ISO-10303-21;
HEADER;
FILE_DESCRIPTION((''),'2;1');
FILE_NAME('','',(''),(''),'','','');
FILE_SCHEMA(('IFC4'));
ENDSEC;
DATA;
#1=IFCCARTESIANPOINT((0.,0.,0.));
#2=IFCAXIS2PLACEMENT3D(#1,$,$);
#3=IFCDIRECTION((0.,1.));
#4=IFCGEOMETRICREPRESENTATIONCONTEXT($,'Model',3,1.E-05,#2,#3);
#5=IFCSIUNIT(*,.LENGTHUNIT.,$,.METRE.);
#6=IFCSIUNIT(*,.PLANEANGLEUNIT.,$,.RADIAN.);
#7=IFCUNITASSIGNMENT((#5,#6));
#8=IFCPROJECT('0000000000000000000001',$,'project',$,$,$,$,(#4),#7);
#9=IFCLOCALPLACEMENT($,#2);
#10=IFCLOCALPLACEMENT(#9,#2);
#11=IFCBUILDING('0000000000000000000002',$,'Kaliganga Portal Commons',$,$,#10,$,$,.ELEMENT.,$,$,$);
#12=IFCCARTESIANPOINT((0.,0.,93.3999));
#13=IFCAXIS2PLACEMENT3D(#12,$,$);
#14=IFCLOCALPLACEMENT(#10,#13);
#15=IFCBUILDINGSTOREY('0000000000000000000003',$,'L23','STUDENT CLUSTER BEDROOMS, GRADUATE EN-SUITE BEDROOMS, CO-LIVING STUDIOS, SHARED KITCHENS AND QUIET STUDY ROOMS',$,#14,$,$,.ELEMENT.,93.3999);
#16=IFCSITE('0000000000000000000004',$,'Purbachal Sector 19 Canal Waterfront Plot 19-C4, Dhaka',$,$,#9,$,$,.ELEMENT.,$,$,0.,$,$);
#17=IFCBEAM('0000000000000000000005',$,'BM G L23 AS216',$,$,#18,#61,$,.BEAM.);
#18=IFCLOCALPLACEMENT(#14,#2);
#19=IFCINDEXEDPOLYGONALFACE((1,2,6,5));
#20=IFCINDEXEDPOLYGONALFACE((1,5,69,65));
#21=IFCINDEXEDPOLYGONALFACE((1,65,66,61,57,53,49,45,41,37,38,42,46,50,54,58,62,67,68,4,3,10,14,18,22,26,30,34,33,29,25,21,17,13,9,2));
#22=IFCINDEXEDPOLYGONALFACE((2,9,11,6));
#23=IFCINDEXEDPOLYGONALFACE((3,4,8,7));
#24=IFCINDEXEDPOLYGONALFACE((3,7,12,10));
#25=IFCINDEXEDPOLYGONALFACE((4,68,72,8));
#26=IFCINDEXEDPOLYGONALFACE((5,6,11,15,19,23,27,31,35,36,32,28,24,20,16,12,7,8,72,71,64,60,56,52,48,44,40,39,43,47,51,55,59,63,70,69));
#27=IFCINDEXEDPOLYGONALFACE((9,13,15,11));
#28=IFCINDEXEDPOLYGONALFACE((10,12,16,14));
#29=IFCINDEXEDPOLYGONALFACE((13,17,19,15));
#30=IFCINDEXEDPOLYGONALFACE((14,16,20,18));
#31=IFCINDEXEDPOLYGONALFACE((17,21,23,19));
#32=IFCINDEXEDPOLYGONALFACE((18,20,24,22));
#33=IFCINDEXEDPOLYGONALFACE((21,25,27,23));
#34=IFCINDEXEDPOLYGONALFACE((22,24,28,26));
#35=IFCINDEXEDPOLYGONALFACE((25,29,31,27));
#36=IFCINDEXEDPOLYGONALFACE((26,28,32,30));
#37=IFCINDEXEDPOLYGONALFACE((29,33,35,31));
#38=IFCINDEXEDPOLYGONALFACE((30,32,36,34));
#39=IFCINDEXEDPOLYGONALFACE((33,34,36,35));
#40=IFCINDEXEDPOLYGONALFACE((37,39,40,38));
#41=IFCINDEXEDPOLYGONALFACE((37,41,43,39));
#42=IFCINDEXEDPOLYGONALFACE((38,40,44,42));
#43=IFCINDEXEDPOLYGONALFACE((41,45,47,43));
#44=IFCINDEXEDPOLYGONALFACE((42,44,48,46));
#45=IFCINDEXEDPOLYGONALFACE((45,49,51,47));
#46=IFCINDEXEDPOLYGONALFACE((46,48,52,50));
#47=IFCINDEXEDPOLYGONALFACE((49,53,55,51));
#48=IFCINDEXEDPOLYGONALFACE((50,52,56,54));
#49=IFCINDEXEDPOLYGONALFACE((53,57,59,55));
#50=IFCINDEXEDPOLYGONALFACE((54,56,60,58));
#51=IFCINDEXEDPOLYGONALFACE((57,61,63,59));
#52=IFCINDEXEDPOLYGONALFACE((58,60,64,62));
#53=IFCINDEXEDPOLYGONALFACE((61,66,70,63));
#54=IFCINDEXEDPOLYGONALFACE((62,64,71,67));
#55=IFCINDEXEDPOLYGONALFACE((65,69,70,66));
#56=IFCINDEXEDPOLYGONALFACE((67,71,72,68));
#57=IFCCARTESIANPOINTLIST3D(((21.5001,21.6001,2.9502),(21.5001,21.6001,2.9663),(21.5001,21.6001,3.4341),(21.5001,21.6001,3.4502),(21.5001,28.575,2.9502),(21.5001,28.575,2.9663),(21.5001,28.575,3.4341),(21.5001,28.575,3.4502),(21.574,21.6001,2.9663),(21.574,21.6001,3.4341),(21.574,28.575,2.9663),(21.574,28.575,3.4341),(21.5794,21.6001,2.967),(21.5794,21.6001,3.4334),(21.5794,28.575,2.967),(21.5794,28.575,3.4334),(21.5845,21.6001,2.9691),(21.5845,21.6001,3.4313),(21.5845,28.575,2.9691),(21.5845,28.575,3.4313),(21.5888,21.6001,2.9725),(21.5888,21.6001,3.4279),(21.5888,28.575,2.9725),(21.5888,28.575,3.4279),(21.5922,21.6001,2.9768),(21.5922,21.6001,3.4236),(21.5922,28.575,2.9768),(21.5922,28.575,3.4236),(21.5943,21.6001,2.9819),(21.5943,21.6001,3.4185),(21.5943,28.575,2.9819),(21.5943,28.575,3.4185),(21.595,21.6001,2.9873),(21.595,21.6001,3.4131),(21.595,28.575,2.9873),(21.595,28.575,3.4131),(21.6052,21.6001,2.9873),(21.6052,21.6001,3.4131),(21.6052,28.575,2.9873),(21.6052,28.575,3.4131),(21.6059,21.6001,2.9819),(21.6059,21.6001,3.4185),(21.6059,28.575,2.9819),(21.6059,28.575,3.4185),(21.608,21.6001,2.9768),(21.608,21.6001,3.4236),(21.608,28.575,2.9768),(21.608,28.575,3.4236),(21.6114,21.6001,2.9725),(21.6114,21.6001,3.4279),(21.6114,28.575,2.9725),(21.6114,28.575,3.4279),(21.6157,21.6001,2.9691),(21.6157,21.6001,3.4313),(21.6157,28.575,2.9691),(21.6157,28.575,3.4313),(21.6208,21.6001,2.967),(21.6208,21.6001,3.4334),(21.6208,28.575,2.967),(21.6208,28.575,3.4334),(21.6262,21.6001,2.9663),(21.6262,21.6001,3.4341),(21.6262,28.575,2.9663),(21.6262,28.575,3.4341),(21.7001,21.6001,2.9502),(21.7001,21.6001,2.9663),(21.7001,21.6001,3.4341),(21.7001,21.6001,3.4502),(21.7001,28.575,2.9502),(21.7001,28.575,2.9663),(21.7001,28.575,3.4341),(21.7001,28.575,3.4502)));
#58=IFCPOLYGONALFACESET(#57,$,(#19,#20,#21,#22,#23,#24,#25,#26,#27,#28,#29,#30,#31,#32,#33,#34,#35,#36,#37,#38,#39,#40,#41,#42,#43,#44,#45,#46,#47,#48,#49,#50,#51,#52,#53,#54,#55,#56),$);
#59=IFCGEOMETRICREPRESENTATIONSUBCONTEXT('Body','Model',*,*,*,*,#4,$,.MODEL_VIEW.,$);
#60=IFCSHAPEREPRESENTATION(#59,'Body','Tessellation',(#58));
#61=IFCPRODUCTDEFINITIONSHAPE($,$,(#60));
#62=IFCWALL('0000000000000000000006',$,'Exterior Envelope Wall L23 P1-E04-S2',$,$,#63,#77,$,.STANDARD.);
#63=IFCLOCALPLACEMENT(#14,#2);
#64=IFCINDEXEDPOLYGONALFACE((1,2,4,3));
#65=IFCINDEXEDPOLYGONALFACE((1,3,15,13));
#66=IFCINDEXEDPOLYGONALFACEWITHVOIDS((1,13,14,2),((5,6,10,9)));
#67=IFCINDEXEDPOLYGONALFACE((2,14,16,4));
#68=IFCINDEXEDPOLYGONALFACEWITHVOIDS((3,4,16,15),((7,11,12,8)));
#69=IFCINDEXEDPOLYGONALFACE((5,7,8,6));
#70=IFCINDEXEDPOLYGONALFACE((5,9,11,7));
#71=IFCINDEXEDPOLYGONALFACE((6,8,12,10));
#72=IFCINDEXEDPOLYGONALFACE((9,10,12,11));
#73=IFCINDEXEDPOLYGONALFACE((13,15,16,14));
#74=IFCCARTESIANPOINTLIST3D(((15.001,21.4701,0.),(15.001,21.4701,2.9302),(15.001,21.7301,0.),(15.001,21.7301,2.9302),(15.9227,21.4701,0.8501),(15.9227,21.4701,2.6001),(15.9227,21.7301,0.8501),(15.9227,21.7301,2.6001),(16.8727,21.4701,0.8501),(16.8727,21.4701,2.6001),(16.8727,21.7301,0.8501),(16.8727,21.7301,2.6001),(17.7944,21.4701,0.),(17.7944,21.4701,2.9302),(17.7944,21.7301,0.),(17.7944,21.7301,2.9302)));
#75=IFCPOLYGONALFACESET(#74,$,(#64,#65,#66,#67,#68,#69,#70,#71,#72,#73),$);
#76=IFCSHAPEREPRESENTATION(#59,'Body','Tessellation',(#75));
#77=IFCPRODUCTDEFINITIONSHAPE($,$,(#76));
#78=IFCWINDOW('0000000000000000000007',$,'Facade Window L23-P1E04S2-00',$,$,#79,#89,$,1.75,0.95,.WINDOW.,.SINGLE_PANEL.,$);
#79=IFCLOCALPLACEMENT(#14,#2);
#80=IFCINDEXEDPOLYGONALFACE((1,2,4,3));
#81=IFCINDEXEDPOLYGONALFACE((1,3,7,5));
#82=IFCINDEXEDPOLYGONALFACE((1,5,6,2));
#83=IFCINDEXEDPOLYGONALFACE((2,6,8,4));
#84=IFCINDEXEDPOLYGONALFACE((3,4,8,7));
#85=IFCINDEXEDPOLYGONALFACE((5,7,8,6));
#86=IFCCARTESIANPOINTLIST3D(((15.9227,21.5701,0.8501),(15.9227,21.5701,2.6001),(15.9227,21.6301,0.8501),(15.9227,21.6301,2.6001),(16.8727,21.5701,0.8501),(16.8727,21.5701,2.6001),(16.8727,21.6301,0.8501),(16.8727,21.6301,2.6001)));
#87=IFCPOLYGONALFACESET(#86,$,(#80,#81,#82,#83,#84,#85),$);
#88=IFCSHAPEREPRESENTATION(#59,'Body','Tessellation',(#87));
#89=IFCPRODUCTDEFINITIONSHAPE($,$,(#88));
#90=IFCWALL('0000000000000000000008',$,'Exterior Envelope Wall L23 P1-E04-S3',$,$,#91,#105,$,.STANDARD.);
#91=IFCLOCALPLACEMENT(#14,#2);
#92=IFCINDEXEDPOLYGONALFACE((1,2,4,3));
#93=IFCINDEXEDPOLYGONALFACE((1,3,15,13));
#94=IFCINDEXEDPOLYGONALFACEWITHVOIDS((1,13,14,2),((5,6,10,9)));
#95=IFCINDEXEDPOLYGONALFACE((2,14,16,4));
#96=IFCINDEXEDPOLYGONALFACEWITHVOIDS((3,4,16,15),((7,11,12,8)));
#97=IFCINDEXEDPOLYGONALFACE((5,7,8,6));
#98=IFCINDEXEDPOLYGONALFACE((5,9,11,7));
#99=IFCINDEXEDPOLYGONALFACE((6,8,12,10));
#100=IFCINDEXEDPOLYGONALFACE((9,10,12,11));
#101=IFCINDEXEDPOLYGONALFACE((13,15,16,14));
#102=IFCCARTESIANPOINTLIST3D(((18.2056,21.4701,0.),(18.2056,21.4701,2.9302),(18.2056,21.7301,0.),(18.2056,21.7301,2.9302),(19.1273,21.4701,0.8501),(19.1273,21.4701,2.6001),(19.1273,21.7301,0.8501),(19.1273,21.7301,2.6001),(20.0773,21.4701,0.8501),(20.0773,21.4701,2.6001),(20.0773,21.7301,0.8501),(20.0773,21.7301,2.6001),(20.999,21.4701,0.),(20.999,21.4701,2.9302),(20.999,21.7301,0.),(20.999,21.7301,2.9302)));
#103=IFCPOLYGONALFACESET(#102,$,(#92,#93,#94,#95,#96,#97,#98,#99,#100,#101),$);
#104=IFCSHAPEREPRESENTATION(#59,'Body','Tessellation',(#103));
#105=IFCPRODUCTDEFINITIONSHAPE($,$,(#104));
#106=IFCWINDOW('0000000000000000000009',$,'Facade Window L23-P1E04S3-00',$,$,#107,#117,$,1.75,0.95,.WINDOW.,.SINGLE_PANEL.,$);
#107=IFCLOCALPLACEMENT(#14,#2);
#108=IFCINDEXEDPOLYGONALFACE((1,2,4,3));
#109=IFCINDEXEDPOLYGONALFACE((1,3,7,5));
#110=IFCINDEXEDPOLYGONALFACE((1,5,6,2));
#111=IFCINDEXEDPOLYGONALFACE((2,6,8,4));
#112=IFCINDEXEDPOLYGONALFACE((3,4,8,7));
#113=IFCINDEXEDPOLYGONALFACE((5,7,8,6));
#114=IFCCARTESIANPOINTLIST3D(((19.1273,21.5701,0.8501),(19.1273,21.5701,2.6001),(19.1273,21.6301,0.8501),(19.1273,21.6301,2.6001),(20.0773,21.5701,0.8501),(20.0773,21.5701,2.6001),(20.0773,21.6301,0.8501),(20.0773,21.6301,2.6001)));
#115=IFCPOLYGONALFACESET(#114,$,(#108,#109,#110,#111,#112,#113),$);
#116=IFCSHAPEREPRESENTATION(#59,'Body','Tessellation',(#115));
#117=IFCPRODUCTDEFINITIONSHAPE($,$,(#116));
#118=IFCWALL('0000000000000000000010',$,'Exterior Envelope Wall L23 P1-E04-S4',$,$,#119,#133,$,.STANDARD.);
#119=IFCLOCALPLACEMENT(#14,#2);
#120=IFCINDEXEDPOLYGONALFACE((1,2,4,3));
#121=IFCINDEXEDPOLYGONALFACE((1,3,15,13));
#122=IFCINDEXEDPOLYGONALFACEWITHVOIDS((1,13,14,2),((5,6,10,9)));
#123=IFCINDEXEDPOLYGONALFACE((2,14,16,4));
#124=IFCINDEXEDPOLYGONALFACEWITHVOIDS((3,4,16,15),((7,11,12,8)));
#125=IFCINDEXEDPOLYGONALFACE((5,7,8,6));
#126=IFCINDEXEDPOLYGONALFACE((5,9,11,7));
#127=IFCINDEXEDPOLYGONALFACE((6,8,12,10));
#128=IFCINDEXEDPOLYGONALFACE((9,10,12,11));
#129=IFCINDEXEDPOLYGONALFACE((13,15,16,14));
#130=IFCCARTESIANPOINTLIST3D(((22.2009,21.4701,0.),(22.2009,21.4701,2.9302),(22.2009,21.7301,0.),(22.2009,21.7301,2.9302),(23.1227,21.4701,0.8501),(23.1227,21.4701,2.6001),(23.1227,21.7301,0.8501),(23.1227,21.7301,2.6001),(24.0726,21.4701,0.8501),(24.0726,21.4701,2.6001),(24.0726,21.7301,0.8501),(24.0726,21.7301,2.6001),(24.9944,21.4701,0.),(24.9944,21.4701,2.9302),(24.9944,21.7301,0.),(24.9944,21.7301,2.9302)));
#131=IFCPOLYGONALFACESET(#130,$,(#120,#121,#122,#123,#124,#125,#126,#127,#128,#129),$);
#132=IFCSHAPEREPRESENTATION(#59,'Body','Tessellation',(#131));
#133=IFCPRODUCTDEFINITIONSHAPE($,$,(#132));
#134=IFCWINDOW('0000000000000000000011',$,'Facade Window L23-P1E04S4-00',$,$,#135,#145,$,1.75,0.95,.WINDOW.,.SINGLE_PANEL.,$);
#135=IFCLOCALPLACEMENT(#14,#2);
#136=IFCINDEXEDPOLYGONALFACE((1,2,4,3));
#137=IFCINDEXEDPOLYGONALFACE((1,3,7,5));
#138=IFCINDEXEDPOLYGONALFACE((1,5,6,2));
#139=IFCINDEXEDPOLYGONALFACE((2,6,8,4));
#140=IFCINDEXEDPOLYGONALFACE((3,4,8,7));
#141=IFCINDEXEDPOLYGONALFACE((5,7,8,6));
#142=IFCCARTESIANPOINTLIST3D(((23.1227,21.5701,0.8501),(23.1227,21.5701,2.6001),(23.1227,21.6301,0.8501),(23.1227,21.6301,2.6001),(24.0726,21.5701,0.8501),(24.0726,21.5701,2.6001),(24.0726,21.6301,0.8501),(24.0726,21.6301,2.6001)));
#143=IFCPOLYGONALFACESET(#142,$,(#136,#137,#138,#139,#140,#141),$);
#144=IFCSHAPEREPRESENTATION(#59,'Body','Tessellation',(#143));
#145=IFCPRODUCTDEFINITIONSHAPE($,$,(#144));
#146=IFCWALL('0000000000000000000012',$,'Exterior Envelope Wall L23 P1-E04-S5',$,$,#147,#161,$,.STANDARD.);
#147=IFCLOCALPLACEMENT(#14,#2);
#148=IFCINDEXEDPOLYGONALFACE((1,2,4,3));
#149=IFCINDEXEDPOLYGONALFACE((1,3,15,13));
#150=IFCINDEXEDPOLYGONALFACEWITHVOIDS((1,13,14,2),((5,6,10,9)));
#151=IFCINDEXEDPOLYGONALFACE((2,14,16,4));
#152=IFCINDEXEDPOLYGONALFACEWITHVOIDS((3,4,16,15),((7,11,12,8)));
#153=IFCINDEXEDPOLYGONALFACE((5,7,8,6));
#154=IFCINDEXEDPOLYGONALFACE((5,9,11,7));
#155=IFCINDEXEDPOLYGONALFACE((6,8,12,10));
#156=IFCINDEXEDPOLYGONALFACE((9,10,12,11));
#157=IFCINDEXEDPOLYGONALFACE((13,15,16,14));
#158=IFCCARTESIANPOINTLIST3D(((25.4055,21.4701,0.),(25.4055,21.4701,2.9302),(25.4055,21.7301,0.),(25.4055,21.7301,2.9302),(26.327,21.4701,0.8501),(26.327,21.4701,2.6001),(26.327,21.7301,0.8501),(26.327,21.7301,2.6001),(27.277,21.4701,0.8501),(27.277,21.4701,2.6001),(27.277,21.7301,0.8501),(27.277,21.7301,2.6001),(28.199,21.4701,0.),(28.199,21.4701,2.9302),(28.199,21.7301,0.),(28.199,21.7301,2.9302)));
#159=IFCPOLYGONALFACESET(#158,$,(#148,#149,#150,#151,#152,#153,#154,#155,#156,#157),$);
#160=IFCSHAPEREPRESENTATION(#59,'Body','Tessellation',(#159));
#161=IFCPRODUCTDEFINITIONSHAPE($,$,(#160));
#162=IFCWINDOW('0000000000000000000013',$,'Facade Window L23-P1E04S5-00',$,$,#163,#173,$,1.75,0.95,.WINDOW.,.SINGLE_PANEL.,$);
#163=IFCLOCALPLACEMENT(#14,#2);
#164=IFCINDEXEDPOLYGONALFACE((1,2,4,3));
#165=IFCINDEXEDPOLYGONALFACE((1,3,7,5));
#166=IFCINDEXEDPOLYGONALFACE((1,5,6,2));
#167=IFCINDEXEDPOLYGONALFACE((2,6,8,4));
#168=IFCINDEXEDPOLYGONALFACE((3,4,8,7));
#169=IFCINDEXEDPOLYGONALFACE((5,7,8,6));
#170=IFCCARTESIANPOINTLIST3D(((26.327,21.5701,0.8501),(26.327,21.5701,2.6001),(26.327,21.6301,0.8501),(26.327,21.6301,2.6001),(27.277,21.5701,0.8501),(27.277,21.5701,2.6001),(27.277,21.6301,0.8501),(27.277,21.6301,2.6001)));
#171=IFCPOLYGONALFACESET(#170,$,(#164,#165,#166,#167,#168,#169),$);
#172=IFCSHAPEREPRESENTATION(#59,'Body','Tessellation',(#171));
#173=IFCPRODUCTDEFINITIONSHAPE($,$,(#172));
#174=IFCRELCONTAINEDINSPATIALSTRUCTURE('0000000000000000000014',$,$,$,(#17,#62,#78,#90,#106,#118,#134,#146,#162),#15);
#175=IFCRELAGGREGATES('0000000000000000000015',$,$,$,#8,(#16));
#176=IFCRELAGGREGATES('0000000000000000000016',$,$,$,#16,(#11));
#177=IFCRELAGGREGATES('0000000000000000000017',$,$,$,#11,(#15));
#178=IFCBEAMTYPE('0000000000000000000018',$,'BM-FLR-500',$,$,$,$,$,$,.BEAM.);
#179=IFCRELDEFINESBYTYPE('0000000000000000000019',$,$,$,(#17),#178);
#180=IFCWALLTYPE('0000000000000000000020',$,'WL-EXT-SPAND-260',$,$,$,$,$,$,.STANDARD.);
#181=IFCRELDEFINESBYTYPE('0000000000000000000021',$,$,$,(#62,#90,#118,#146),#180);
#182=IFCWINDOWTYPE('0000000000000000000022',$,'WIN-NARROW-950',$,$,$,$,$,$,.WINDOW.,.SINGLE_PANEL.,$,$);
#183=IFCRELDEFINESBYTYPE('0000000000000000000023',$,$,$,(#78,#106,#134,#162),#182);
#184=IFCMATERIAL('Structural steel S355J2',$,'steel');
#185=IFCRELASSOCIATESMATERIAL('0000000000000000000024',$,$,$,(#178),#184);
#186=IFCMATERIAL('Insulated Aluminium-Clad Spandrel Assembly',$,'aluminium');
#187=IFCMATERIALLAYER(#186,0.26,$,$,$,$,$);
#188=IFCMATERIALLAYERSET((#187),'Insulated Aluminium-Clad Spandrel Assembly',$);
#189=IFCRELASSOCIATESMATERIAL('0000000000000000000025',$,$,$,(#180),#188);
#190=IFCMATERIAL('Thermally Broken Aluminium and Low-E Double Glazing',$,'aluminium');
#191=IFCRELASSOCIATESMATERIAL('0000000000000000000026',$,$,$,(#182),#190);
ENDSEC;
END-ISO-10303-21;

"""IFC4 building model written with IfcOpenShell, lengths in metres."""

from ifc_helpers import new_model, si_unit, direction, frame, frame_2d, origin, origin_2d, place, context, subcontext, project, spatial, rectangle, i_section, extrude, source, transform, mapped, material, layer, layer_set, material_profile, profile_set, type_object, element, fill, save


model = new_model("IFC4")

# Units and contexts
model_context = context("Model", 3, precision=1e-05, world=origin(), true_north=direction((0.0, 1.0)))
body_context = subcontext(model_context, "Body", "Model", "MODEL_VIEW")
ifc_project = project(units=[si_unit("LENGTHUNIT", "METRE"), si_unit("PLANEANGLEUNIT", "RADIAN")], contexts=[model_context])

# Site, building, storey
site_placement = place(None, origin())
site = spatial("IfcSite", under=ifc_project, at=site_placement, Name="Purbachal Sector 19 Canal Waterfront Plot 19-C4, Dhaka", CompositionType="ELEMENT", RefElevation=0.0)
building_placement = place(site_placement, origin())
building = spatial("IfcBuilding", under=site, at=building_placement, Name="Kaliganga Portal Commons", CompositionType="ELEMENT")
storey_placement = place(building_placement, frame((0.0, 0.0, 93.3999)))
storey = spatial("IfcBuildingStorey", under=building, at=storey_placement, Name="L23", Description="STUDENT CLUSTER BEDROOMS, GRADUATE EN-SUITE BEDROOMS, CO-LIVING STUDIOS, SHARED KITCHENS AND QUIET STUDY ROOMS", CompositionType="ELEMENT", Elevation=93.3999)

# Beam
ifc_material_1 = material(Name="Structural steel S355J2", Category="steel")
ifc_material_profile_1 = material_profile(ifc_material_1, i_section(OverallWidth=0.2, OverallDepth=0.5, WebThickness=0.0103, FlangeThickness=0.0161, FilletRadius=0.021, at=origin_2d()), Name="IPE 500")
ifc_profile_set_1 = profile_set([ifc_material_profile_1], Name="Structural steel S355J2 wide-flange")
beam_type_1 = type_object("IfcBeamType", Name="BM-FLR-500", PredefinedType="BEAM", material=ifc_profile_set_1)
shared_shape_1 = source(origin(), body_context, "Body", "SweptSolid", [
    extrude(i_section(OverallWidth=0.2, OverallDepth=0.5, WebThickness=0.0103, FlangeThickness=0.0161, FilletRadius=0.021, at=origin_2d()), origin(), (0.0, 0.0, 1.0), 6.9749),
])
beam_placement = place(storey_placement, frame((21.6001, 21.6001, 3.2002), z_axis=(0.0, 1.0, 0.0), x_axis=(-1.0, 0.0, 0.0)))
element("IfcBeam", 1, at=beam_placement, inside=storey, type_object=beam_type_1, Name="BM G L23 AS216", PredefinedType="BEAM", context=body_context, shape_type="MappedRepresentation", body=[
    mapped(shared_shape_1, transform((0.0, 0.0, 0.0), x_axis=(1.0, 0.0, 0.0), y_axis=(0.0, 1.0, 0.0), z_axis=(0.0, 0.0, 1.0), scale=1.0)),
])

# Walls, openings, windows
ifc_material_2 = material(Name="Insulated Aluminium-Clad Spandrel Assembly", Category="aluminium")
ifc_layer_1 = layer(ifc_material_2, 0.26)
ifc_layer_set_1 = layer_set([ifc_layer_1], Name="Insulated Aluminium-Clad Spandrel Assembly")
wall_type_1 = type_object("IfcWallType", Name="WL-EXT-SPAND-260", PredefinedType="STANDARD", material=ifc_layer_set_1)
wall_1_placement = place(storey_placement, frame((17.7944, 21.6001, 0.0), z_axis=(0.0, 0.0, 1.0), x_axis=(-1.0, 0.0, 0.0)))
wall_1 = element("IfcWall", 2, at=wall_1_placement, inside=storey, type_object=wall_type_1, Name="Exterior Envelope Wall L23 P1-E04-S2", PredefinedType="STANDARD", context=body_context, shape_type="SweptSolid", body=[
    extrude(rectangle(XDim=2.7935, YDim=0.26, at=frame_2d((1.3967, 0.0))), origin(), (0.0, 0.0, 1.0), 2.9302),
])
opening_1_placement = place(wall_1_placement, frame((0.9216, 0.0, 0.8501)))
opening_1 = element("IfcOpeningElement", 3, at=opening_1_placement, cuts=wall_1, PredefinedType="OPENING", context=body_context, shape_type="SweptSolid", body=[
    extrude(rectangle(XDim=0.95, YDim=1.75, at=frame_2d((0.4751, 0.875))), frame((0.0, 0.1401, 0.0), z_axis=(0.0, -1.0, 0.0), x_axis=(1.0, 0.0, 0.0)), (0.0, 0.0, 1.0), 0.28),
])
ifc_material_3 = material(Name="Thermally Broken Aluminium and Low-E Double Glazing", Category="aluminium")
window_type = type_object("IfcWindowType", Name="WIN-NARROW-950", PartitioningType="SINGLE_PANEL", PredefinedType="WINDOW", material=ifc_material_3)
window_1_placement = place(opening_1_placement, origin())
window_1 = element("IfcWindow", 4, at=window_1_placement, inside=storey, type_object=window_type, Name="Facade Window L23-P1E04S2-00", OverallHeight=1.75, OverallWidth=0.95, PartitioningType="SINGLE_PANEL", PredefinedType="WINDOW", context=body_context, shape_type="SweptSolid", body=[
    extrude(rectangle(XDim=0.95, YDim=1.75, at=frame_2d((0.4751, 0.875))), frame((0.0, 0.03, 0.0), z_axis=(0.0, -1.0, 0.0), x_axis=(1.0, 0.0, 0.0)), (0.0, 0.0, 1.0), 0.0601),
])
fill(opening_1, window_1)
wall_2_placement = place(storey_placement, frame((20.999, 21.6001, 0.0), z_axis=(0.0, 0.0, 1.0), x_axis=(-1.0, 0.0, 0.0)))
wall_2 = element("IfcWall", 5, at=wall_2_placement, inside=storey, type_object=wall_type_1, Name="Exterior Envelope Wall L23 P1-E04-S3", PredefinedType="STANDARD", context=body_context, shape_type="SweptSolid", body=[
    extrude(rectangle(XDim=2.7935, YDim=0.26, at=frame_2d((1.3967, 0.0))), origin(), (0.0, 0.0, 1.0), 2.9302),
])
opening_2_placement = place(wall_2_placement, frame((0.9216, 0.0, 0.8501)))
opening_2 = element("IfcOpeningElement", 6, at=opening_2_placement, cuts=wall_2, PredefinedType="OPENING", context=body_context, shape_type="SweptSolid", body=[
    extrude(rectangle(XDim=0.95, YDim=1.75, at=frame_2d((0.4751, 0.875))), frame((0.0, 0.1401, 0.0), z_axis=(0.0, -1.0, 0.0), x_axis=(1.0, 0.0, 0.0)), (0.0, 0.0, 1.0), 0.28),
])
window_2_placement = place(opening_2_placement, origin())
window_2 = element("IfcWindow", 7, at=window_2_placement, inside=storey, type_object=window_type, Name="Facade Window L23-P1E04S3-00", OverallHeight=1.75, OverallWidth=0.95, PartitioningType="SINGLE_PANEL", PredefinedType="WINDOW", context=body_context, shape_type="SweptSolid", body=[
    extrude(rectangle(XDim=0.95, YDim=1.75, at=frame_2d((0.4751, 0.875))), frame((0.0, 0.03, 0.0), z_axis=(0.0, -1.0, 0.0), x_axis=(1.0, 0.0, 0.0)), (0.0, 0.0, 1.0), 0.0601),
])
fill(opening_2, window_2)
wall_3_placement = place(storey_placement, frame((24.9944, 21.6001, 0.0), z_axis=(0.0, 0.0, 1.0), x_axis=(-1.0, 0.0, 0.0)))
wall_3 = element("IfcWall", 8, at=wall_3_placement, inside=storey, type_object=wall_type_1, Name="Exterior Envelope Wall L23 P1-E04-S4", PredefinedType="STANDARD", context=body_context, shape_type="SweptSolid", body=[
    extrude(rectangle(XDim=2.7935, YDim=0.26, at=frame_2d((1.3967, 0.0))), origin(), (0.0, 0.0, 1.0), 2.9302),
])
opening_3_placement = place(wall_3_placement, frame((0.9216, 0.0, 0.8501)))
opening_3 = element("IfcOpeningElement", 9, at=opening_3_placement, cuts=wall_3, PredefinedType="OPENING", context=body_context, shape_type="SweptSolid", body=[
    extrude(rectangle(XDim=0.95, YDim=1.75, at=frame_2d((0.4751, 0.875))), frame((0.0, 0.1401, 0.0), z_axis=(0.0, -1.0, 0.0), x_axis=(1.0, 0.0, 0.0)), (0.0, 0.0, 1.0), 0.28),
])
window_3_placement = place(opening_3_placement, origin())
window_3 = element("IfcWindow", 10, at=window_3_placement, inside=storey, type_object=window_type, Name="Facade Window L23-P1E04S4-00", OverallHeight=1.75, OverallWidth=0.95, PartitioningType="SINGLE_PANEL", PredefinedType="WINDOW", context=body_context, shape_type="SweptSolid", body=[
    extrude(rectangle(XDim=0.95, YDim=1.75, at=frame_2d((0.4751, 0.875))), frame((0.0, 0.03, 0.0), z_axis=(0.0, -1.0, 0.0), x_axis=(1.0, 0.0, 0.0)), (0.0, 0.0, 1.0), 0.0601),
])
fill(opening_3, window_3)
wall_4_placement = place(storey_placement, frame((28.199, 21.6001, 0.0), z_axis=(0.0, 0.0, 1.0), x_axis=(-1.0, 0.0, 0.0)))
wall_4 = element("IfcWall", 11, at=wall_4_placement, inside=storey, type_object=wall_type_1, Name="Exterior Envelope Wall L23 P1-E04-S5", PredefinedType="STANDARD", context=body_context, shape_type="SweptSolid", body=[
    extrude(rectangle(XDim=2.7935, YDim=0.26, at=frame_2d((1.3967, 0.0))), origin(), (0.0, 0.0, 1.0), 2.9302),
])
opening_4_placement = place(wall_4_placement, frame((0.9219, 0.0, 0.8501)))
opening_4 = element("IfcOpeningElement", 12, at=opening_4_placement, cuts=wall_4, PredefinedType="OPENING", context=body_context, shape_type="SweptSolid", body=[
    extrude(rectangle(XDim=0.95, YDim=1.75, at=frame_2d((0.4751, 0.875))), frame((0.0, 0.1401, 0.0), z_axis=(0.0, -1.0, 0.0), x_axis=(1.0, 0.0, 0.0)), (0.0, 0.0, 1.0), 0.28),
])
window_4_placement = place(opening_4_placement, origin())
window_4 = element("IfcWindow", 13, at=window_4_placement, inside=storey, type_object=window_type, Name="Facade Window L23-P1E04S5-00", OverallHeight=1.75, OverallWidth=0.95, PartitioningType="SINGLE_PANEL", PredefinedType="WINDOW", context=body_context, shape_type="SweptSolid", body=[
    extrude(rectangle(XDim=0.95, YDim=1.75, at=frame_2d((0.4751, 0.875))), frame((0.0, 0.03, 0.0), z_axis=(0.0, -1.0, 0.0), x_axis=(1.0, 0.0, 0.0)), (0.0, 0.0, 1.0), 0.0601),
])
fill(opening_4, window_4)

save(model, "model.ifc")
